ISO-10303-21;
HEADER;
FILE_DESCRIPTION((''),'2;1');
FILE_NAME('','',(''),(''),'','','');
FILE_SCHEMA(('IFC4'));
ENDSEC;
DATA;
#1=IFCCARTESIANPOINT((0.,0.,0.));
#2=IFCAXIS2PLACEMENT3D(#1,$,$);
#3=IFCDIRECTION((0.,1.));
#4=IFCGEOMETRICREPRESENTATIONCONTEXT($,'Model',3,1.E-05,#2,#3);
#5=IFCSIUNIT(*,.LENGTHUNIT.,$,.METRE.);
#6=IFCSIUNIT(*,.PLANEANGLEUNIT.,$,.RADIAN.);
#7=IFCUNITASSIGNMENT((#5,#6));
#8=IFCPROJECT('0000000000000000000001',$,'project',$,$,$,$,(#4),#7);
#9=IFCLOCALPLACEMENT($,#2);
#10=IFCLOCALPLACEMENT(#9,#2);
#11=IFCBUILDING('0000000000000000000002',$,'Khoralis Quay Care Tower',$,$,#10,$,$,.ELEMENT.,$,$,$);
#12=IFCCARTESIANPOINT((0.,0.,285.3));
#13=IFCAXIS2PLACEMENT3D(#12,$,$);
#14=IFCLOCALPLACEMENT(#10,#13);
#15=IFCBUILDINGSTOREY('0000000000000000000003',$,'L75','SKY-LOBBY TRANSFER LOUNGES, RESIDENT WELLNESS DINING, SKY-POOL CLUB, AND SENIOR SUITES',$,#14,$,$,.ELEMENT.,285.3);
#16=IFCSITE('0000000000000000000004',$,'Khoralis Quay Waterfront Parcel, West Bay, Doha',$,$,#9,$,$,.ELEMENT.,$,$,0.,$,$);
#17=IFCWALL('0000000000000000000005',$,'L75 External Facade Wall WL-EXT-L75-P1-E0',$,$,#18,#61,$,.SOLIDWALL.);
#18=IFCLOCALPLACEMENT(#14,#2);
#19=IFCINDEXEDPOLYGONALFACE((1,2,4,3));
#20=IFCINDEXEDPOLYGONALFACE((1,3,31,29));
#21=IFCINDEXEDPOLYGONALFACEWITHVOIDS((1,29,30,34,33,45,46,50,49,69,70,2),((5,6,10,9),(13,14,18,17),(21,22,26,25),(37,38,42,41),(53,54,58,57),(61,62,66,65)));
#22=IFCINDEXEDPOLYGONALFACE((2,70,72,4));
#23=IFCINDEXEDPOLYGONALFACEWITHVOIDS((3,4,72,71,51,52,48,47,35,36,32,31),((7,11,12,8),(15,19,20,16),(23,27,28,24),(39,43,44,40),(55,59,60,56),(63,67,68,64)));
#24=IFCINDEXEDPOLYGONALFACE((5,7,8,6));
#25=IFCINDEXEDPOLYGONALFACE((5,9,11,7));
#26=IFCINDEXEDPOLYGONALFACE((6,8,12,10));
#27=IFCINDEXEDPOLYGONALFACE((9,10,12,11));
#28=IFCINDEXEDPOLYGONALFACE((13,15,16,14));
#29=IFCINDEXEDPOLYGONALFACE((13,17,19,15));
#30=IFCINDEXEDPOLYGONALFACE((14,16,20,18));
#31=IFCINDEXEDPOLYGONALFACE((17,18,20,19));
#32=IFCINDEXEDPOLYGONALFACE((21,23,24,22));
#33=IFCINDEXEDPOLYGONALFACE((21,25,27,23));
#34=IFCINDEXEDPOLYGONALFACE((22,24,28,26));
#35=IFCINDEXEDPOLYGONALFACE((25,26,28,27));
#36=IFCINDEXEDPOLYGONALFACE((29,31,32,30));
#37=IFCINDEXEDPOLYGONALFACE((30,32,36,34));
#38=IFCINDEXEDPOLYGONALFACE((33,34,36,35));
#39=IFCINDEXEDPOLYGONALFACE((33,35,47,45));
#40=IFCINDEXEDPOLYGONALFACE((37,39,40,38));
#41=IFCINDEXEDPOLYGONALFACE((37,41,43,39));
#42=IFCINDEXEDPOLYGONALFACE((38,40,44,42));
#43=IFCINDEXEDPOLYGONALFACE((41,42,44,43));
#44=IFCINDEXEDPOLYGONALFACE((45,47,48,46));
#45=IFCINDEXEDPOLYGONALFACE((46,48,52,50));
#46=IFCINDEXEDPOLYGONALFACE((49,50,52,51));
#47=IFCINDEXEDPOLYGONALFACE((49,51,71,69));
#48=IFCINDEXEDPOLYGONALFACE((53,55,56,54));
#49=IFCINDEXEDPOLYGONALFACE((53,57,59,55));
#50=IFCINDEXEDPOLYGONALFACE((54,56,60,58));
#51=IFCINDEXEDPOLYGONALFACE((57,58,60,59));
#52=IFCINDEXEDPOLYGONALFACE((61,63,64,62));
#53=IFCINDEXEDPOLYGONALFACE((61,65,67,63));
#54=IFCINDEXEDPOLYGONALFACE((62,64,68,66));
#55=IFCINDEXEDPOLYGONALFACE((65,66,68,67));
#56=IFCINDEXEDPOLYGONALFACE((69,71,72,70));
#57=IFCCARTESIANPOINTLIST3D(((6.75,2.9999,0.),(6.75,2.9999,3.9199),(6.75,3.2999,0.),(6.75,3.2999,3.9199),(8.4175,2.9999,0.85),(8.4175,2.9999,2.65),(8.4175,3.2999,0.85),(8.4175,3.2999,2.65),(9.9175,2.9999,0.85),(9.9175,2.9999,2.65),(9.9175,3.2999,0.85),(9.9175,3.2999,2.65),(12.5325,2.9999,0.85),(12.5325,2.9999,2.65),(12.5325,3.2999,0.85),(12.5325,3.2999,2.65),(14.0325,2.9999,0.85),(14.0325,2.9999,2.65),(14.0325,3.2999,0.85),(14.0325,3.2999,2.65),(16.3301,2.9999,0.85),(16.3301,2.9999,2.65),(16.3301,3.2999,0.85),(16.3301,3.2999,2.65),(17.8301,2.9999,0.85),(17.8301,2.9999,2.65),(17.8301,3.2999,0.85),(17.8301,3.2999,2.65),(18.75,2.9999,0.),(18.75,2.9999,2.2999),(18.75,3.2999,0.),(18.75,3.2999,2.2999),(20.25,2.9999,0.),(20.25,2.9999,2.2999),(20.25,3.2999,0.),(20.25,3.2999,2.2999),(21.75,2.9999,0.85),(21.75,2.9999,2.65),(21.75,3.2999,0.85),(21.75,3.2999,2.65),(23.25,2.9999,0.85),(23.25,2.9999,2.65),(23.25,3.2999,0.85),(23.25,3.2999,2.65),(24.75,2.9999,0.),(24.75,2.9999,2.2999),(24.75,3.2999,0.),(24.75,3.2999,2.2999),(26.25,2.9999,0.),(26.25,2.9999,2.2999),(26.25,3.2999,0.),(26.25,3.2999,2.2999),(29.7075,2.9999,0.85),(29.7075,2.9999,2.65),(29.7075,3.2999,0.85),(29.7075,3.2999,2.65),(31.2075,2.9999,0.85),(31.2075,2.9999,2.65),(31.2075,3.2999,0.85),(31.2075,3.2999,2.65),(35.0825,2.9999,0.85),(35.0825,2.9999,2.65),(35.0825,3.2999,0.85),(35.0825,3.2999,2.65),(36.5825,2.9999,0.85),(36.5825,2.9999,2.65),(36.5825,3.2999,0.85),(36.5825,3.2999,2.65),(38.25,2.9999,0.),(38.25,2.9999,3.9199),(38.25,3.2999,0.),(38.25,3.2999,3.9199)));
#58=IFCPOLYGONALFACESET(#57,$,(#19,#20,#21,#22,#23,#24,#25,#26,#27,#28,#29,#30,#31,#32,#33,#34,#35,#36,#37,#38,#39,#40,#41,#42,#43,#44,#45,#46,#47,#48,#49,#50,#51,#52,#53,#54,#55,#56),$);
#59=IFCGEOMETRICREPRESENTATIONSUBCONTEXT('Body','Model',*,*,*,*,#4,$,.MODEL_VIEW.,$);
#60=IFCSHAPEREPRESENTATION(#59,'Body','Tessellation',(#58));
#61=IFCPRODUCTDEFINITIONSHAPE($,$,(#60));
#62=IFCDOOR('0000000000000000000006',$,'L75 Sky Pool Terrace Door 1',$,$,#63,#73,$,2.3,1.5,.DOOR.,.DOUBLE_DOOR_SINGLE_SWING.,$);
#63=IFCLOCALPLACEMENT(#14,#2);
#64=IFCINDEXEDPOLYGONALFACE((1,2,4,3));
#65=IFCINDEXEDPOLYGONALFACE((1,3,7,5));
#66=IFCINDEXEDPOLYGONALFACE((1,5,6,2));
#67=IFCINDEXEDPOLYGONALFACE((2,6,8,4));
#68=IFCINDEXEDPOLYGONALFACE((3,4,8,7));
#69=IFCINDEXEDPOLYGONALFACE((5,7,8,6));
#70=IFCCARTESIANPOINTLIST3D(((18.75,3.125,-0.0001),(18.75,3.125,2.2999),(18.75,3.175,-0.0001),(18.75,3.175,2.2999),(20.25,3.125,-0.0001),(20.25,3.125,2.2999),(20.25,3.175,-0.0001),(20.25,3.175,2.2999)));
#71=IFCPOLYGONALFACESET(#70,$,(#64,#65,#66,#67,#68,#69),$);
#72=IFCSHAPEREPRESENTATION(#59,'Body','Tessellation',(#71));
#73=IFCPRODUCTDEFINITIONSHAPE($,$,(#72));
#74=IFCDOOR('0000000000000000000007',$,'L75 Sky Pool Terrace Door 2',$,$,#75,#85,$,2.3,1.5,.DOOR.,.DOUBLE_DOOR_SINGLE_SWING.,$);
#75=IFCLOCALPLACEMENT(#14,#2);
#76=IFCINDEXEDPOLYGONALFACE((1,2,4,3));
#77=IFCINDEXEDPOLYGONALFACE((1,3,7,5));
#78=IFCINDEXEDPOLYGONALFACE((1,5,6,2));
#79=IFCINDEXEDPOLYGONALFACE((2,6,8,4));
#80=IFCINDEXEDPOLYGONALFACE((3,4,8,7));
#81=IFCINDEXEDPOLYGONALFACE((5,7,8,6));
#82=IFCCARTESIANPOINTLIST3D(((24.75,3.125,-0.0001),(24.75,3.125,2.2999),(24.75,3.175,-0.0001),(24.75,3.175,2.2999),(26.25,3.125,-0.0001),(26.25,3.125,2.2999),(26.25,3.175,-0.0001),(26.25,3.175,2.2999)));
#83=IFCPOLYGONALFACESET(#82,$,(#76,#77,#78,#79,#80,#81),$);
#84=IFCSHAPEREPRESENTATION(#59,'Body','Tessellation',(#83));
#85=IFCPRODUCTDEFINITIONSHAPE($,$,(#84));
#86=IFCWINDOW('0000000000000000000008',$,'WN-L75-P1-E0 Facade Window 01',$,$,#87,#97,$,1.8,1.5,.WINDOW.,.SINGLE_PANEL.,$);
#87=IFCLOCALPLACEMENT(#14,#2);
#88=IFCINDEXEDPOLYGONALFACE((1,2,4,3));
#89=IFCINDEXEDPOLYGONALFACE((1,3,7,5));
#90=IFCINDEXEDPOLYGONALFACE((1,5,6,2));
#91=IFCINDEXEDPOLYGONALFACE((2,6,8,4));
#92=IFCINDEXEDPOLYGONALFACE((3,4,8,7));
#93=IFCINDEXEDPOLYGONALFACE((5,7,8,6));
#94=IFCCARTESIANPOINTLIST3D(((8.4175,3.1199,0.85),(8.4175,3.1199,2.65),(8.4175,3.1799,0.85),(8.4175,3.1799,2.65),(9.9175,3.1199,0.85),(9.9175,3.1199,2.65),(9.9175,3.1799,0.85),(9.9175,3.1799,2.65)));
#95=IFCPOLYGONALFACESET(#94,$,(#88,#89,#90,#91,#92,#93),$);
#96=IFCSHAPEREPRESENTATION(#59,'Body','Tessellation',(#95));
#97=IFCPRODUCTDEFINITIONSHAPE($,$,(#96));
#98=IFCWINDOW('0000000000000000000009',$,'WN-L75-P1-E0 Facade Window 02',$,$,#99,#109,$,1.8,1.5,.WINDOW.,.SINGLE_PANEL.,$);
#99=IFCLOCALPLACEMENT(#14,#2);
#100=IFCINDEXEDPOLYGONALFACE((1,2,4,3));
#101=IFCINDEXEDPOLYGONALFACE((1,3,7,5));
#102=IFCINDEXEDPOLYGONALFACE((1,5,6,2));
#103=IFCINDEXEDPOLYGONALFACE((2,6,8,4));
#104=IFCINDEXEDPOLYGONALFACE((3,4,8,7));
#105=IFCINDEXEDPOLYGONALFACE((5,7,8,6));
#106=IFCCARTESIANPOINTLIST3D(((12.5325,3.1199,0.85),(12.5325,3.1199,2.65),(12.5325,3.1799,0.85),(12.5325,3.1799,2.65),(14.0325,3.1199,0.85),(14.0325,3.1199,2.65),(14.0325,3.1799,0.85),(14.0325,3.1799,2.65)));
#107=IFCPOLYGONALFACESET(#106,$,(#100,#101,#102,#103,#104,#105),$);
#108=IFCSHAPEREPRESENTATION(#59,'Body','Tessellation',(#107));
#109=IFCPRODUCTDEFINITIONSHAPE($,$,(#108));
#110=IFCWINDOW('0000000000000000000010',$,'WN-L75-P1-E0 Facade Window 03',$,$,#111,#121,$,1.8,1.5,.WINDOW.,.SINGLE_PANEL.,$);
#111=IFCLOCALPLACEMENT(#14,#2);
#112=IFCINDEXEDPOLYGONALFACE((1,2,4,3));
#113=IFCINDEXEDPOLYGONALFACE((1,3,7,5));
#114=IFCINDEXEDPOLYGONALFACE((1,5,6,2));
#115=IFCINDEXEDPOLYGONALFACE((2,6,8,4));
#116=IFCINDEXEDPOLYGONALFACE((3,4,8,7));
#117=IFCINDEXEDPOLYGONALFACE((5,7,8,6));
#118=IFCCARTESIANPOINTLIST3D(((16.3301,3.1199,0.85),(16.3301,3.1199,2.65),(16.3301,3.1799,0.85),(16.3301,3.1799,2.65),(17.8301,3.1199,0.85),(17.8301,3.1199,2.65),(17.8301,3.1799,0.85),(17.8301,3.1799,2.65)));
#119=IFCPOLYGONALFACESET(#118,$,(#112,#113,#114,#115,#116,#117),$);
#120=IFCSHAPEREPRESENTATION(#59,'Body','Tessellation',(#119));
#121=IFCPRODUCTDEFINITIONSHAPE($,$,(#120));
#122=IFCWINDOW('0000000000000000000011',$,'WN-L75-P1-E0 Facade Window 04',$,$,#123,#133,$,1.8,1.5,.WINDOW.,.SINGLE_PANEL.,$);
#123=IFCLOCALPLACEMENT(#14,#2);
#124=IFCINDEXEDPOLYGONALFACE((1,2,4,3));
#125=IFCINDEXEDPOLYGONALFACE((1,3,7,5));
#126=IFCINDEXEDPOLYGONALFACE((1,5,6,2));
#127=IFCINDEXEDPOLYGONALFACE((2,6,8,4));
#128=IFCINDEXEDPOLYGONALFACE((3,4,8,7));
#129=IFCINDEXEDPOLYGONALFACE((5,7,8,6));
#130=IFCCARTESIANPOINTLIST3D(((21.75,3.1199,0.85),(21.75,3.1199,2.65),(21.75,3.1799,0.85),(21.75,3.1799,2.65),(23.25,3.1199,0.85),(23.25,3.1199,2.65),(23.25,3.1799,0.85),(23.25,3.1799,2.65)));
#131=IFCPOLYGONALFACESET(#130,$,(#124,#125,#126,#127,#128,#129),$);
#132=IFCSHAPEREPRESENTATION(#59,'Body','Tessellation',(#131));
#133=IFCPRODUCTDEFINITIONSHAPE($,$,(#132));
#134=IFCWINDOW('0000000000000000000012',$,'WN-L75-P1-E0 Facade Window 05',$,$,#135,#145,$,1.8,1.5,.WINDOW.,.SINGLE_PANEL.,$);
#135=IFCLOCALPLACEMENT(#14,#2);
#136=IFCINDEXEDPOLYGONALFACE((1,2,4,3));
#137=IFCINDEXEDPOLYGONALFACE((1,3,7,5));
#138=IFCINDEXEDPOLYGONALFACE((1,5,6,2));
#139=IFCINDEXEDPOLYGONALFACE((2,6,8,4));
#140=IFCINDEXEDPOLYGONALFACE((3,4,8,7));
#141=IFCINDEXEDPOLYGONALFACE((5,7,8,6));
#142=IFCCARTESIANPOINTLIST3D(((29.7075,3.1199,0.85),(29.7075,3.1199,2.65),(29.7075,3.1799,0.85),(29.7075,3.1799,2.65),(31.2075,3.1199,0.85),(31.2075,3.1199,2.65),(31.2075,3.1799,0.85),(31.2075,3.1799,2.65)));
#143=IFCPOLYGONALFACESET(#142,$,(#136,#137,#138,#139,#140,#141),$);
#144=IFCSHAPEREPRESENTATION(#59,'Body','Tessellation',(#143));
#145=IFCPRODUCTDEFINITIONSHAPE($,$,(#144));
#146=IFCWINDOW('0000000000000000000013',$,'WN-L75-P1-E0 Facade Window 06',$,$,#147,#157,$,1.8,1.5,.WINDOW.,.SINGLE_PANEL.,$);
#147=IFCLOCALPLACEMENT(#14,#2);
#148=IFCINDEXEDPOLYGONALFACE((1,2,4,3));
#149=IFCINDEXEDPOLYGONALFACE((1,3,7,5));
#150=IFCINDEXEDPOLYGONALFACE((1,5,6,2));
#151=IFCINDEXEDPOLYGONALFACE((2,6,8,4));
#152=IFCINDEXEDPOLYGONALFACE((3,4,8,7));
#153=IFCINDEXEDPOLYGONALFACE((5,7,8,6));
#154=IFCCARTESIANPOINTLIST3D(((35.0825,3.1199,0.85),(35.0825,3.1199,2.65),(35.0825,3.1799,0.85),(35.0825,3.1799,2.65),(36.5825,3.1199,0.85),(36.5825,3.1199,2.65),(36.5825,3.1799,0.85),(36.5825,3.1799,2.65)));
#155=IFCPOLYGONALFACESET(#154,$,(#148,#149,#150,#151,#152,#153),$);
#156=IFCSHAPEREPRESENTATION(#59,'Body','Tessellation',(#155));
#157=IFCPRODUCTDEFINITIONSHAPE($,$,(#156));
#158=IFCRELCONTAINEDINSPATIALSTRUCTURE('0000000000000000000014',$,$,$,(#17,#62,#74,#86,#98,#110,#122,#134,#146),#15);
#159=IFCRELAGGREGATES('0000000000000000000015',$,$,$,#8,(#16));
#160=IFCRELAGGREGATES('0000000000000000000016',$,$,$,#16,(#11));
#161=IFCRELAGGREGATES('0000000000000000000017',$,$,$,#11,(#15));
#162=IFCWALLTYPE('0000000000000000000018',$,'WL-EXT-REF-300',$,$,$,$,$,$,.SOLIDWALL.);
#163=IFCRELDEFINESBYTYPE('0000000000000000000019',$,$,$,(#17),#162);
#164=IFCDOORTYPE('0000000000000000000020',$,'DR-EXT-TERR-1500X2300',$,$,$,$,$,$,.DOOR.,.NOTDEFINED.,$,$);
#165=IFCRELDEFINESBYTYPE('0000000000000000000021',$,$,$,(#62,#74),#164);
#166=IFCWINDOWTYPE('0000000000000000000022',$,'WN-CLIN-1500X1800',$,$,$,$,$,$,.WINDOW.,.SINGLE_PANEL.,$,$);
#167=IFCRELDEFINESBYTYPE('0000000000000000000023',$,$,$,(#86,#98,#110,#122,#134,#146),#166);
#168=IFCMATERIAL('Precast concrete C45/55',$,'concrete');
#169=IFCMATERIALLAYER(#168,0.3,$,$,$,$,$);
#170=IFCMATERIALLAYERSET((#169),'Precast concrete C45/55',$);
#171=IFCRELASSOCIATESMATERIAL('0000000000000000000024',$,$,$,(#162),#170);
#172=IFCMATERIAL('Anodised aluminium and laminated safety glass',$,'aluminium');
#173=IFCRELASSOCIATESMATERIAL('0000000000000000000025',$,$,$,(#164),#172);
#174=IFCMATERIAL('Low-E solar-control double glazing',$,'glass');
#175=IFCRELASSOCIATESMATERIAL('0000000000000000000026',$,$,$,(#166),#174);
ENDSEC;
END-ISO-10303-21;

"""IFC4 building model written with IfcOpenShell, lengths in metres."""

from ifc_helpers import new_model, si_unit, direction, frame, frame_2d, origin, place, context, subcontext, project, spatial, rectangle, extrude, source, transform, mapped, material, layer, layer_set, type_object, element, fill, save


model = new_model("IFC4")

# Units and contexts
model_context = context("Model", 3, precision=1e-05, world=origin(), true_north=direction((0.0, 1.0)))
body_context = subcontext(model_context, "Body", "Model", "MODEL_VIEW")
ifc_project = project(units=[si_unit("LENGTHUNIT", "METRE"), si_unit("PLANEANGLEUNIT", "RADIAN")], contexts=[model_context])

# Site, building, storey
site_placement = place(None, origin())
site = spatial("IfcSite", under=ifc_project, at=site_placement, Name="Khoralis Quay Waterfront Parcel, West Bay, Doha", CompositionType="ELEMENT", RefElevation=0.0)
building_placement = place(site_placement, origin())
building = spatial("IfcBuilding", under=site, at=building_placement, Name="Khoralis Quay Care Tower", CompositionType="ELEMENT")
storey_placement = place(building_placement, frame((0.0, 0.0, 285.3)))
storey = spatial("IfcBuildingStorey", under=building, at=storey_placement, Name="L75", Description="SKY-LOBBY TRANSFER LOUNGES, RESIDENT WELLNESS DINING, SKY-POOL CLUB, AND SENIOR SUITES", CompositionType="ELEMENT", Elevation=285.3)

# Wall, openings, doors, windows
ifc_material_1 = material(Name="Precast concrete C45/55", Category="concrete")
ifc_layer_1 = layer(ifc_material_1, 0.3)
ifc_layer_set_1 = layer_set([ifc_layer_1], Name="Precast concrete C45/55")
wall_type_1 = type_object("IfcWallType", Name="WL-EXT-REF-300", PredefinedType="SOLIDWALL", material=ifc_layer_set_1)
wall_1_placement = place(storey_placement, frame((6.75, 3.1499, 0.0), z_axis=(0.0, 0.0, 1.0), x_axis=(1.0, 0.0, 0.0)))
wall_1 = element("IfcWall", 1, at=wall_1_placement, inside=storey, type_object=wall_type_1, Name="L75 External Facade Wall WL-EXT-L75-P1-E0", PredefinedType="SOLIDWALL", context=body_context, shape_type="SweptSolid", body=[
    extrude(rectangle(XDim=31.5, YDim=0.3, at=frame_2d((15.75, 0.0))), origin(), (0.0, 0.0, 1.0), 3.9199),
])
opening_1_placement = place(wall_1_placement, frame((1.6675, 0.0, 0.8501)))
opening_1 = element("IfcOpeningElement", 2, at=opening_1_placement, cuts=wall_1, PredefinedType="OPENING", context=body_context, shape_type="SweptSolid", body=[
    extrude(rectangle(XDim=1.5, YDim=1.8, at=frame_2d((0.75, 0.8999))), frame((0.0, 0.1602, 0.0), z_axis=(0.0, -1.0, 0.0), x_axis=(1.0, 0.0, 0.0)), (0.0, 0.0, 1.0), 0.3201),
])
opening_2_placement = place(wall_1_placement, frame((5.7825, 0.0, 0.8501)))
opening_2 = element("IfcOpeningElement", 3, at=opening_2_placement, cuts=wall_1, PredefinedType="OPENING", context=body_context, shape_type="SweptSolid", body=[
    extrude(rectangle(XDim=1.5, YDim=1.8, at=frame_2d((0.75, 0.8999))), frame((0.0, 0.1602, 0.0), z_axis=(0.0, -1.0, 0.0), x_axis=(1.0, 0.0, 0.0)), (0.0, 0.0, 1.0), 0.3201),
])
opening_3_placement = place(wall_1_placement, frame((9.5801, 0.0, 0.8501)))
opening_3 = element("IfcOpeningElement", 4, at=opening_3_placement, cuts=wall_1, PredefinedType="OPENING", context=body_context, shape_type="SweptSolid", body=[
    extrude(rectangle(XDim=1.5, YDim=1.8, at=frame_2d((0.75, 0.8999))), frame((0.0, 0.1602, 0.0), z_axis=(0.0, -1.0, 0.0), x_axis=(1.0, 0.0, 0.0)), (0.0, 0.0, 1.0), 0.3201),
])
opening_4_placement = place(wall_1_placement, frame((15.0, 0.0, 0.8501)))
opening_4 = element("IfcOpeningElement", 5, at=opening_4_placement, cuts=wall_1, PredefinedType="OPENING", context=body_context, shape_type="SweptSolid", body=[
    extrude(rectangle(XDim=1.5, YDim=1.8, at=frame_2d((0.75, 0.8999))), frame((0.0, 0.1602, 0.0), z_axis=(0.0, -1.0, 0.0), x_axis=(1.0, 0.0, 0.0)), (0.0, 0.0, 1.0), 0.3201),
])
opening_5_placement = place(wall_1_placement, frame((22.9575, 0.0, 0.8501)))
opening_5 = element("IfcOpeningElement", 6, at=opening_5_placement, cuts=wall_1, PredefinedType="OPENING", context=body_context, shape_type="SweptSolid", body=[
    extrude(rectangle(XDim=1.5, YDim=1.8, at=frame_2d((0.75, 0.8999))), frame((0.0, 0.1602, 0.0), z_axis=(0.0, -1.0, 0.0), x_axis=(1.0, 0.0, 0.0)), (0.0, 0.0, 1.0), 0.3201),
])
opening_6_placement = place(wall_1_placement, frame((28.3325, 0.0, 0.8501)))
opening_6 = element("IfcOpeningElement", 7, at=opening_6_placement, cuts=wall_1, PredefinedType="OPENING", context=body_context, shape_type="SweptSolid", body=[
    extrude(rectangle(XDim=1.5, YDim=1.8, at=frame_2d((0.75, 0.8999))), frame((0.0, 0.1602, 0.0), z_axis=(0.0, -1.0, 0.0), x_axis=(1.0, 0.0, 0.0)), (0.0, 0.0, 1.0), 0.3201),
])
opening_7_placement = place(wall_1_placement, frame((12.0, 0.0, 0.0)))
opening_7 = element("IfcOpeningElement", 8, at=opening_7_placement, cuts=wall_1, PredefinedType="OPENING", context=body_context, shape_type="SweptSolid", body=[
    extrude(rectangle(XDim=1.5, YDim=2.3, at=frame_2d((0.75, 1.1499))), frame((0.0, 0.1602, 0.0), z_axis=(0.0, -1.0, 0.0), x_axis=(1.0, 0.0, 0.0)), (0.0, 0.0, 1.0), 0.3201),
])
opening_8_placement = place(wall_1_placement, frame((18.0, 0.0, 0.0)))
opening_8 = element("IfcOpeningElement", 9, at=opening_8_placement, cuts=wall_1, PredefinedType="OPENING", context=body_context, shape_type="SweptSolid", body=[
    extrude(rectangle(XDim=1.5, YDim=2.3, at=frame_2d((0.75, 1.1499))), frame((0.0, 0.1602, 0.0), z_axis=(0.0, -1.0, 0.0), x_axis=(1.0, 0.0, 0.0)), (0.0, 0.0, 1.0), 0.3201),
])
ifc_material_2 = material(Name="Anodised aluminium and laminated safety glass", Category="aluminium")
door_type = type_object("IfcDoorType", Name="DR-EXT-TERR-1500X2300", OperationType="NOTDEFINED", PredefinedType="DOOR", material=ifc_material_2)
shared_shape_1 = source(origin(), body_context, "Body", "SweptSolid", [
    extrude(rectangle(XDim=1.5, YDim=2.3, at=frame_2d((0.75, 1.1499))), frame((0.0, 0.0249, 0.0), z_axis=(0.0, -1.0, 0.0), x_axis=(1.0, 0.0, 0.0)), (0.0, 0.0, 1.0), 0.05),
])
door_1_placement = place(opening_7_placement, frame((1.5, 0.0, 0.0), z_axis=(0.0, 0.0, 1.0), x_axis=(-1.0, 0.0, 0.0)))
door_1 = element("IfcDoor", 10, at=door_1_placement, inside=storey, type_object=door_type, Name="L75 Sky Pool Terrace Door 1", OperationType="DOUBLE_DOOR_SINGLE_SWING", OverallHeight=2.3, OverallWidth=1.5, PredefinedType="DOOR", context=body_context, shape_type="MappedRepresentation", body=[
    mapped(shared_shape_1, transform((0.0, 0.0, 0.0), scale=1.0)),
])
fill(opening_7, door_1)
door_2_placement = place(opening_8_placement, frame((1.5, 0.0, 0.0), z_axis=(0.0, 0.0, 1.0), x_axis=(-1.0, 0.0, 0.0)))
door_2 = element("IfcDoor", 11, at=door_2_placement, inside=storey, type_object=door_type, Name="L75 Sky Pool Terrace Door 2", OperationType="DOUBLE_DOOR_SINGLE_SWING", OverallHeight=2.3, OverallWidth=1.5, PredefinedType="DOOR", context=body_context, shape_type="MappedRepresentation", body=[
    mapped(shared_shape_1, transform((0.0, 0.0, 0.0), scale=1.0)),
])
fill(opening_8, door_2)
ifc_material_3 = material(Name="Low-E solar-control double glazing", Category="glass")
window_type = type_object("IfcWindowType", Name="WN-CLIN-1500X1800", PartitioningType="SINGLE_PANEL", PredefinedType="WINDOW", material=ifc_material_3)
shared_shape_2 = source(origin(), body_context, "Body", "SweptSolid", [
    extrude(rectangle(XDim=1.5, YDim=1.8, at=frame_2d((0.75, 0.8999))), frame((0.0, 0.03, 0.0), z_axis=(0.0, -1.0, 0.0), x_axis=(1.0, 0.0, 0.0)), (0.0, 0.0, 1.0), 0.0601),
])
window_1_placement = place(opening_1_placement, origin())
window_1 = element("IfcWindow", 12, at=window_1_placement, inside=storey, type_object=window_type, Name="WN-L75-P1-E0 Facade Window 01", OverallHeight=1.8, OverallWidth=1.5, PartitioningType="SINGLE_PANEL", PredefinedType="WINDOW", context=body_context, shape_type="MappedRepresentation", body=[
    mapped(shared_shape_2, transform((0.0, 0.0, 0.0), scale=1.0)),
])
fill(opening_1, window_1)
window_2_placement = place(opening_2_placement, origin())
window_2 = element("IfcWindow", 13, at=window_2_placement, inside=storey, type_object=window_type, Name="WN-L75-P1-E0 Facade Window 02", OverallHeight=1.8, OverallWidth=1.5, PartitioningType="SINGLE_PANEL", PredefinedType="WINDOW", context=body_context, shape_type="MappedRepresentation", body=[
    mapped(shared_shape_2, transform((0.0, 0.0, 0.0), scale=1.0)),
])
fill(opening_2, window_2)
window_3_placement = place(opening_3_placement, origin())
window_3 = element("IfcWindow", 14, at=window_3_placement, inside=storey, type_object=window_type, Name="WN-L75-P1-E0 Facade Window 03", OverallHeight=1.8, OverallWidth=1.5, PartitioningType="SINGLE_PANEL", PredefinedType="WINDOW", context=body_context, shape_type="MappedRepresentation", body=[
    mapped(shared_shape_2, transform((0.0, 0.0, 0.0), scale=1.0)),
])
fill(opening_3, window_3)
window_4_placement = place(opening_4_placement, origin())
window_4 = element("IfcWindow", 15, at=window_4_placement, inside=storey, type_object=window_type, Name="WN-L75-P1-E0 Facade Window 04", OverallHeight=1.8, OverallWidth=1.5, PartitioningType="SINGLE_PANEL", PredefinedType="WINDOW", context=body_context, shape_type="MappedRepresentation", body=[
    mapped(shared_shape_2, transform((0.0, 0.0, 0.0), scale=1.0)),
])
fill(opening_4, window_4)
window_5_placement = place(opening_5_placement, origin())
window_5 = element("IfcWindow", 16, at=window_5_placement, inside=storey, type_object=window_type, Name="WN-L75-P1-E0 Facade Window 05", OverallHeight=1.8, OverallWidth=1.5, PartitioningType="SINGLE_PANEL", PredefinedType="WINDOW", context=body_context, shape_type="MappedRepresentation", body=[
    mapped(shared_shape_2, transform((0.0, 0.0, 0.0), scale=1.0)),
])
fill(opening_5, window_5)
window_6_placement = place(opening_6_placement, origin())
window_6 = element("IfcWindow", 17, at=window_6_placement, inside=storey, type_object=window_type, Name="WN-L75-P1-E0 Facade Window 06", OverallHeight=1.8, OverallWidth=1.5, PartitioningType="SINGLE_PANEL", PredefinedType="WINDOW", context=body_context, shape_type="MappedRepresentation", body=[
    mapped(shared_shape_2, transform((0.0, 0.0, 0.0), scale=1.0)),
])
fill(opening_6, window_6)

save(model, "model.ifc")
